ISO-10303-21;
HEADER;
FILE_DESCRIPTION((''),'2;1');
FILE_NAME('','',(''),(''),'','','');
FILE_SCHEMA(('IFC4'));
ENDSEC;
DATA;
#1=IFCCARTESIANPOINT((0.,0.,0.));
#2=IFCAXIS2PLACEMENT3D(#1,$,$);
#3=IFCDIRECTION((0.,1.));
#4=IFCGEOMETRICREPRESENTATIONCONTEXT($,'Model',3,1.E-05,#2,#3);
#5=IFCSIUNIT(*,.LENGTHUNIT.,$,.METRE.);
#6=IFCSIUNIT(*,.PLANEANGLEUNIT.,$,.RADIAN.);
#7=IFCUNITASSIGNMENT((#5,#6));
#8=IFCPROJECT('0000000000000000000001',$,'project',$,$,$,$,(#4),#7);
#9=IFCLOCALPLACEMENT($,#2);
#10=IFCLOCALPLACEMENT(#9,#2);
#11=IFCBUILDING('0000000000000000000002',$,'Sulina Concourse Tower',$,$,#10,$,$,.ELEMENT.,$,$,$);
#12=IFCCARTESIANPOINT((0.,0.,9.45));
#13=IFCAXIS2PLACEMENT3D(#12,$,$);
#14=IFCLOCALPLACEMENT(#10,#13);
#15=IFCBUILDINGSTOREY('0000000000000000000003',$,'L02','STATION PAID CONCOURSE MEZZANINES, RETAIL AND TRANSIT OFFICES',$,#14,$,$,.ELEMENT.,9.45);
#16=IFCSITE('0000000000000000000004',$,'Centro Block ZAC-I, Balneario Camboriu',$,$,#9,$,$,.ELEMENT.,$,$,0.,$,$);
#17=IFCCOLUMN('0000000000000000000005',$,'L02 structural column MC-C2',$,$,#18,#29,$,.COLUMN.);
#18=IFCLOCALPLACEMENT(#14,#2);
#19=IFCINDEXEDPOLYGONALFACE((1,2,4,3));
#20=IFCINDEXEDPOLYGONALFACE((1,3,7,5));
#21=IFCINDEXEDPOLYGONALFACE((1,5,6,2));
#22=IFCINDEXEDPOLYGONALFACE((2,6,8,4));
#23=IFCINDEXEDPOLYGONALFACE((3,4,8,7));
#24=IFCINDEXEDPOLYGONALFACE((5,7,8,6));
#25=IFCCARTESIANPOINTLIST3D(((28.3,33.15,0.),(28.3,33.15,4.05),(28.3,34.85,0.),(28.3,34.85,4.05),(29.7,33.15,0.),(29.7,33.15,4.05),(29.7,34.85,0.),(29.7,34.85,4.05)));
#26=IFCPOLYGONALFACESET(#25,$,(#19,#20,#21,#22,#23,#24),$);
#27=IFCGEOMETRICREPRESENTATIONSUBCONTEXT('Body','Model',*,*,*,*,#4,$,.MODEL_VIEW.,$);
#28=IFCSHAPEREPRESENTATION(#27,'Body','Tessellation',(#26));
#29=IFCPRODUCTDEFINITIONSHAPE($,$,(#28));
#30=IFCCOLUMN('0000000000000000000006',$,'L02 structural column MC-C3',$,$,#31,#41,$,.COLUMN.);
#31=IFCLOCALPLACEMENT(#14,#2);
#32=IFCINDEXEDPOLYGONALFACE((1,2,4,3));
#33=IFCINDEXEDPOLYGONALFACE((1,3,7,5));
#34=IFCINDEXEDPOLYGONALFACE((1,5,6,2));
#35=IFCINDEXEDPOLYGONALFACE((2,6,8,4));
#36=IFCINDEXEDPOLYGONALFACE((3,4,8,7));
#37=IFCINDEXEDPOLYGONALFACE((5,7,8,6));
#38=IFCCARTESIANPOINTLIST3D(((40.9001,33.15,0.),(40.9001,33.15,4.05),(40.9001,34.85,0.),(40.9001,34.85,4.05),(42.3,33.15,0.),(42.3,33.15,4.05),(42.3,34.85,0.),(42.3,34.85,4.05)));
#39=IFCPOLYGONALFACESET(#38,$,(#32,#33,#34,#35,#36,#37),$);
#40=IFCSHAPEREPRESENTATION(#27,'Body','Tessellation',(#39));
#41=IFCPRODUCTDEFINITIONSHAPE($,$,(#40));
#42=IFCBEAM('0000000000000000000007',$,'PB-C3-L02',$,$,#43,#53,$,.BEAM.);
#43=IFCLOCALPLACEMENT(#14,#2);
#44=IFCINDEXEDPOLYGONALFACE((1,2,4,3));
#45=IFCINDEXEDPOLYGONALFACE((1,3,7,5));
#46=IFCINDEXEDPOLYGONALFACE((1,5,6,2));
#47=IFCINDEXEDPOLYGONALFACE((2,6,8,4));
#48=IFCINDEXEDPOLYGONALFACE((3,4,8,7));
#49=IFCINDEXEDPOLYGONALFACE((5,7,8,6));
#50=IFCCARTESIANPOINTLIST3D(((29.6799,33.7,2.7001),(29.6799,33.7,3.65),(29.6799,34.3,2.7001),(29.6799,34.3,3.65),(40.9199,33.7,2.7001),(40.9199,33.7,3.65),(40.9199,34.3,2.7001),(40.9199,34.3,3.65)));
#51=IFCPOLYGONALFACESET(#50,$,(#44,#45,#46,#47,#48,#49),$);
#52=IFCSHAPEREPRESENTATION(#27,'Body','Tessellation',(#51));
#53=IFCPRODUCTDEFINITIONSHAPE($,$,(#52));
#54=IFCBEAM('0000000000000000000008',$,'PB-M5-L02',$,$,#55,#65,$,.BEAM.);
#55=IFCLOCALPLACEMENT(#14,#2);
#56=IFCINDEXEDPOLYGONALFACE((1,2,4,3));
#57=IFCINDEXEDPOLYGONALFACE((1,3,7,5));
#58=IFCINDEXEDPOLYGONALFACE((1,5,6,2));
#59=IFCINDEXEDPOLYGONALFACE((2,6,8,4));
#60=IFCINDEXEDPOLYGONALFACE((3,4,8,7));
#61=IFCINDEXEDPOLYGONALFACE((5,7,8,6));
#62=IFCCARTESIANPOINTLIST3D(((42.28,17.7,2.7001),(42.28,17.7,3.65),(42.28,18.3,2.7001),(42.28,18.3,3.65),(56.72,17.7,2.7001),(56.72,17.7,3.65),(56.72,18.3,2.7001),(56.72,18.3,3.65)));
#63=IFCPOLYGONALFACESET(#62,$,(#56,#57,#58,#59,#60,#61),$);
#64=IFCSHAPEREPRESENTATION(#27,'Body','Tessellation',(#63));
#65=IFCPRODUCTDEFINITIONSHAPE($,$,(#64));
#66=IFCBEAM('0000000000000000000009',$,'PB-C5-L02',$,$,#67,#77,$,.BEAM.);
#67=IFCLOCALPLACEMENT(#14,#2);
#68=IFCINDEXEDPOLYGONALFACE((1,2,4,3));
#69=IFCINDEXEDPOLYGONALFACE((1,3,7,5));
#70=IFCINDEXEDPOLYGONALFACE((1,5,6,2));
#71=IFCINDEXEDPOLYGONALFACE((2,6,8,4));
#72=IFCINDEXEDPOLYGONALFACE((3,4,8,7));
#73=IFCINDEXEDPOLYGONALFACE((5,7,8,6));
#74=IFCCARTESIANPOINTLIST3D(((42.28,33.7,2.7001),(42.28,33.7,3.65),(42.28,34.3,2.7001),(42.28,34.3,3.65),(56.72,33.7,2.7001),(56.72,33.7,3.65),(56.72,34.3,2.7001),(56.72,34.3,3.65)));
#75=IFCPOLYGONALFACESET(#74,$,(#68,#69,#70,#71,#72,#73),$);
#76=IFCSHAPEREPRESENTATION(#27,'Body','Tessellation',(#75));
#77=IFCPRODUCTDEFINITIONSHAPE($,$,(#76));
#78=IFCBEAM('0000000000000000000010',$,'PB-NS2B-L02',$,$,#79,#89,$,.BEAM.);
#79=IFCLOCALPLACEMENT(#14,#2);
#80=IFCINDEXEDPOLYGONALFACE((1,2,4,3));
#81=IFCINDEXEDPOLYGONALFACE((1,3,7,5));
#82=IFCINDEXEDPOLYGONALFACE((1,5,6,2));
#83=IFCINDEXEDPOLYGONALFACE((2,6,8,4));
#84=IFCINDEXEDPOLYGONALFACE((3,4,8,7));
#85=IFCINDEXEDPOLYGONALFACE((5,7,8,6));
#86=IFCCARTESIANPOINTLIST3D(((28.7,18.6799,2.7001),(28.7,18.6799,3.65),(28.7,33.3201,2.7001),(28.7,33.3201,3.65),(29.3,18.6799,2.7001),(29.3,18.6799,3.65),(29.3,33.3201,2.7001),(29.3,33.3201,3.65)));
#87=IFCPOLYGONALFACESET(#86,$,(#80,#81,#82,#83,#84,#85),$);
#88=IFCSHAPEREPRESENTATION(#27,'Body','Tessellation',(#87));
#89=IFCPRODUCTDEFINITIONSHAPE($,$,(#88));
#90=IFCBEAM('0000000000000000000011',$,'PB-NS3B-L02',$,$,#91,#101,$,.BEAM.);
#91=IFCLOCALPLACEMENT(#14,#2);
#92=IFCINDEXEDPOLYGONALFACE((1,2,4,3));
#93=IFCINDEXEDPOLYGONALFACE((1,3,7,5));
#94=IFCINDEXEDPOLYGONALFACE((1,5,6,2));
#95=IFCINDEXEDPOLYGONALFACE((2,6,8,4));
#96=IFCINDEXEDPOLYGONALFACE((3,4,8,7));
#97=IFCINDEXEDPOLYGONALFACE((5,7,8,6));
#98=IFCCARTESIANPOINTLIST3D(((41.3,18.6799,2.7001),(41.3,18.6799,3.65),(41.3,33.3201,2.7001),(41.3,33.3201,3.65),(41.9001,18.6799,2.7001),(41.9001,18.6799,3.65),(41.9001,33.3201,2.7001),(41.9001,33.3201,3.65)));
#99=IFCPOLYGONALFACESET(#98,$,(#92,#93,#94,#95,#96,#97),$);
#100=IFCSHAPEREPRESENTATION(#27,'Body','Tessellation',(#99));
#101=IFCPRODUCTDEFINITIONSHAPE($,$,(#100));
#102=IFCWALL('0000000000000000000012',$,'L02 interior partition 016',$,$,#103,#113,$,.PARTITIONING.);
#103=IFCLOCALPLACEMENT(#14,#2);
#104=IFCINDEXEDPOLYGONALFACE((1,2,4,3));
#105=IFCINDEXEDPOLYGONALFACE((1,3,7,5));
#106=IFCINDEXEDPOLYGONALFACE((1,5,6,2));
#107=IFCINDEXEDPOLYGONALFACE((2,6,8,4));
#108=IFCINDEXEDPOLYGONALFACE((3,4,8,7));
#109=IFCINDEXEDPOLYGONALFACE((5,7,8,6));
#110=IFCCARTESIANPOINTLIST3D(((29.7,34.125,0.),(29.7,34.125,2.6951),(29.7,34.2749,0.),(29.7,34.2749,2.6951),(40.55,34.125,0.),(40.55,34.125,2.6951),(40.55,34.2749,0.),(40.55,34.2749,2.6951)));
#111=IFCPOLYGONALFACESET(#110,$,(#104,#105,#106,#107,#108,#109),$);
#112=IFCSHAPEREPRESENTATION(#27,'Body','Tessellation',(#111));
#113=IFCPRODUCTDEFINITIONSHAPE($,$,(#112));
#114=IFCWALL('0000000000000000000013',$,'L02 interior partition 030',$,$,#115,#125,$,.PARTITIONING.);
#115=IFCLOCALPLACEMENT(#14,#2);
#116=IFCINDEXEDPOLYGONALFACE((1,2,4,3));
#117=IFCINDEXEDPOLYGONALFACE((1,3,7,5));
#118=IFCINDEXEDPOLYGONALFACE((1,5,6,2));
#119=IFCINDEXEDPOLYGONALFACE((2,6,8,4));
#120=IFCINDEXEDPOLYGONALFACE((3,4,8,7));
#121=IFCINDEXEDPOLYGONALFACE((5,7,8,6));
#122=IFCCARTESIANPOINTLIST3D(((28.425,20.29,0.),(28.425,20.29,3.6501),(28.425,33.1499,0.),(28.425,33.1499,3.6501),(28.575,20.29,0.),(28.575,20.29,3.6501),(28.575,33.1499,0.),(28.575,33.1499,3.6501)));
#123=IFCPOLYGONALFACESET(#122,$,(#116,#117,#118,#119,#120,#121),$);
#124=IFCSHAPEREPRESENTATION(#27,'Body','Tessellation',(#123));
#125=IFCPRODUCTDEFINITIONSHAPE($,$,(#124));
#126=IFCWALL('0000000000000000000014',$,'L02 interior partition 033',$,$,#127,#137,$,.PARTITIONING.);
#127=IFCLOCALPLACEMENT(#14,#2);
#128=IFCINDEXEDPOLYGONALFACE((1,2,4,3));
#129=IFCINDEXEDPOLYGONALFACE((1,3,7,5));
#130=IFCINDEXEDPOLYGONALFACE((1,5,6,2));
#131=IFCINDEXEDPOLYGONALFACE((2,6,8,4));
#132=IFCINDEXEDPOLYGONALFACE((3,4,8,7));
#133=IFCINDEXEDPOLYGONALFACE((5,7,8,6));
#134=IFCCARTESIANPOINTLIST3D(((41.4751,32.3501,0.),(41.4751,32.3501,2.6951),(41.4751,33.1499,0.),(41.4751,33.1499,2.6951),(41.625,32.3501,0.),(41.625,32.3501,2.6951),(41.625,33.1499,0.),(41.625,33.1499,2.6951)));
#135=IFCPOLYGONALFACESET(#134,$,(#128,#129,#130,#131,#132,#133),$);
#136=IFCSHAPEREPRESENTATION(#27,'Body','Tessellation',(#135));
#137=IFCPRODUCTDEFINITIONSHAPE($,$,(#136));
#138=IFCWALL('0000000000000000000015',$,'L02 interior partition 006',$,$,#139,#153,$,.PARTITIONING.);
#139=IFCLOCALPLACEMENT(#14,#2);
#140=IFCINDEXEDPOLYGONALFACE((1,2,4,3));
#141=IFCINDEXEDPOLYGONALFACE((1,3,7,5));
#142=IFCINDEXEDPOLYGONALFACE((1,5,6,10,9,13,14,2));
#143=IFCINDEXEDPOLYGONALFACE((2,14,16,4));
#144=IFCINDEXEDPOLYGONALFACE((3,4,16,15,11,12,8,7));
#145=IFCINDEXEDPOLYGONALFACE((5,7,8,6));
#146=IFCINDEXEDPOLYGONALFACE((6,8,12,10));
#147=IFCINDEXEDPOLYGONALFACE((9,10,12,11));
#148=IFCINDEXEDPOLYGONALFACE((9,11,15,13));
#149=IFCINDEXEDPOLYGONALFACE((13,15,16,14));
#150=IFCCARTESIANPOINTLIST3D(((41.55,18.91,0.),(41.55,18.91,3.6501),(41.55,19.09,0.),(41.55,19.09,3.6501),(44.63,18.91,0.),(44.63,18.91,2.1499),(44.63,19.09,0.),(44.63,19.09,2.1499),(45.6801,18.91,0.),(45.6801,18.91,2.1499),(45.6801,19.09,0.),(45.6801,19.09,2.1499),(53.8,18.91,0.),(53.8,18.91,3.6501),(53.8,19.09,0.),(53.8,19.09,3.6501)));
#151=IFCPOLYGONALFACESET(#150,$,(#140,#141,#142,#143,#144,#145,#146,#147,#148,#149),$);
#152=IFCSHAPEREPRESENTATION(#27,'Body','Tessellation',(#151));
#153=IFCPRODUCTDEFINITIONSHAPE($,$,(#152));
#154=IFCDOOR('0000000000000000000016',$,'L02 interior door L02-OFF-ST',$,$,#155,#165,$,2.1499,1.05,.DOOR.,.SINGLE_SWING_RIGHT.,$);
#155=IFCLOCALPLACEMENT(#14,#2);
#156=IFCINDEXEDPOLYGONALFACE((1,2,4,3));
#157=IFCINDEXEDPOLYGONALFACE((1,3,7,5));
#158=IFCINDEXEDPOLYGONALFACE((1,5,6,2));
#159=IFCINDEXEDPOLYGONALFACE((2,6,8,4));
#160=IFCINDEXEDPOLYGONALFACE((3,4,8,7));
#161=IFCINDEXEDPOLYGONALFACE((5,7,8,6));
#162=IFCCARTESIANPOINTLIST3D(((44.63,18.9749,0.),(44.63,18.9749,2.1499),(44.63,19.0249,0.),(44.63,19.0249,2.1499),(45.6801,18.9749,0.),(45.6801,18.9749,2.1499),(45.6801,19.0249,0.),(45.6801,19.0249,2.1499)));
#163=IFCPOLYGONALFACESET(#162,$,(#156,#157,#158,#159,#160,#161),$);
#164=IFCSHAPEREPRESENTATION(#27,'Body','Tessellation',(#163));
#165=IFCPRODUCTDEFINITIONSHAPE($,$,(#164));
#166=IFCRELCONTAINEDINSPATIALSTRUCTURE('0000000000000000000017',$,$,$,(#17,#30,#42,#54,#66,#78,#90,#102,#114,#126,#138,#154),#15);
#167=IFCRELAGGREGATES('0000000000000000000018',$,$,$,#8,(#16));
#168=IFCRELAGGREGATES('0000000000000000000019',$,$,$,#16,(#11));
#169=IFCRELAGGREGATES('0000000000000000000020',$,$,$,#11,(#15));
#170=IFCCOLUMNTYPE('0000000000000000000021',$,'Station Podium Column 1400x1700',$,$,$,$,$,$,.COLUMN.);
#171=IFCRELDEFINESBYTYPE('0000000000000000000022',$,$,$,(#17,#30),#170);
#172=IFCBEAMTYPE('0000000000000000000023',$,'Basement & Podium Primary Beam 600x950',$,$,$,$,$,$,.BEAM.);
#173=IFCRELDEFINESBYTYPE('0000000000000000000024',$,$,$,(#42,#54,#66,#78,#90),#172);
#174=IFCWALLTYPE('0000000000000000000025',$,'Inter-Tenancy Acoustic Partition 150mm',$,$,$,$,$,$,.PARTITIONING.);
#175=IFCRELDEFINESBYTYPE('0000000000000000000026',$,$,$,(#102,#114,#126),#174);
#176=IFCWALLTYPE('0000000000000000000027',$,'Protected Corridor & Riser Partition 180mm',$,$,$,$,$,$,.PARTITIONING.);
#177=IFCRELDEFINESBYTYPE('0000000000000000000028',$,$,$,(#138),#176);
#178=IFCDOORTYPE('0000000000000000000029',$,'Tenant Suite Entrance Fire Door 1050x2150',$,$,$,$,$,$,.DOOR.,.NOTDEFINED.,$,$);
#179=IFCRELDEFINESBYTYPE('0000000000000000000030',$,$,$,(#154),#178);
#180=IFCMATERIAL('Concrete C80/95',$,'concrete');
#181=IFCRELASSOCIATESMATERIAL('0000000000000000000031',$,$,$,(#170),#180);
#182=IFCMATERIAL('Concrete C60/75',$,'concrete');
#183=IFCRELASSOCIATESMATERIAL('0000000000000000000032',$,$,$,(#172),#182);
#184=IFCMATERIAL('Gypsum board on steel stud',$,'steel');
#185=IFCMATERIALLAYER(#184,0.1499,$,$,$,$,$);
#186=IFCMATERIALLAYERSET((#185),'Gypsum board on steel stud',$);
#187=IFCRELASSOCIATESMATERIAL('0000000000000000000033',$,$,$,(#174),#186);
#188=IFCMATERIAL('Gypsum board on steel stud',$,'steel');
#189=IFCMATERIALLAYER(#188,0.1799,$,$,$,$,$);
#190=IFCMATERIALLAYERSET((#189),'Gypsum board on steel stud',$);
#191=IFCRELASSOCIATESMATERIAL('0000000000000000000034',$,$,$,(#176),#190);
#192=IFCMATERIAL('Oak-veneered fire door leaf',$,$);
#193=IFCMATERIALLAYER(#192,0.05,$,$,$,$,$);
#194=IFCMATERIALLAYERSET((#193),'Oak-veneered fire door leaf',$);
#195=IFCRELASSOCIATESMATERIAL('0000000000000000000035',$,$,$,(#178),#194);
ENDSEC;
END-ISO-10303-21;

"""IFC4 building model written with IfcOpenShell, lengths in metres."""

from ifc_helpers import new_model, si_unit, direction, frame, frame_2d, origin, origin_2d, place, context, subcontext, project, spatial, rectangle, extrude, material, layer, layer_set, material_profile, profile_set, type_object, element, fill, save


model = new_model("IFC4")

# Units and contexts
model_context = context("Model", 3, precision=1e-05, world=origin(), true_north=direction((0.0, 1.0)))
body_context = subcontext(model_context, "Body", "Model", "MODEL_VIEW")
ifc_project = project(units=[si_unit("LENGTHUNIT", "METRE"), si_unit("PLANEANGLEUNIT", "RADIAN")], contexts=[model_context])

# Site, building, storey
site_placement = place(None, origin())
site = spatial("IfcSite", under=ifc_project, at=site_placement, Name="Centro Block ZAC-I, Balneario Camboriu", CompositionType="ELEMENT", RefElevation=0.0)
building_placement = place(site_placement, origin())
building = spatial("IfcBuilding", under=site, at=building_placement, Name="Sulina Concourse Tower", CompositionType="ELEMENT")
storey_placement = place(building_placement, frame((0.0, 0.0, 9.45)))
storey = spatial("IfcBuildingStorey", under=building, at=storey_placement, Name="L02", Description="STATION PAID CONCOURSE MEZZANINES, RETAIL AND TRANSIT OFFICES", CompositionType="ELEMENT", Elevation=9.45)

# Columns
ifc_material_1 = material(Name="Concrete C80/95", Category="concrete")
ifc_material_profile_1 = material_profile(ifc_material_1, rectangle(XDim=1.3999, YDim=1.7, at=origin_2d()), Name="RC 1400x1700")
ifc_profile_set_1 = profile_set([ifc_material_profile_1], Name="Concrete C80/95")
column_type = type_object("IfcColumnType", Name="Station Podium Column 1400x1700", PredefinedType="COLUMN", material=ifc_profile_set_1)
for number, where, z_axis, x_axis, name in (
    (1, (29.0, 34.0, 0.0), (0.0, 0.0, 1.0), (1.0, 0.0, 0.0), "L02 structural column MC-C2"),
    (2, (41.6001, 34.0, 0.0), (0.0, 0.0, 1.0), (1.0, 0.0, 0.0), "L02 structural column MC-C3"),
):
    element("IfcColumn", number, at=place(storey_placement, frame(where, z_axis=z_axis, x_axis=x_axis)), inside=storey, type_object=column_type, Name=name, PredefinedType="COLUMN", context=body_context, shape_type="SweptSolid", body=[
        extrude(rectangle(XDim=1.3999, YDim=1.7, at=origin_2d()), origin(), (0.0, 0.0, 1.0), 4.05),
    ])

# Beams
ifc_material_2 = material(Name="Concrete C60/75", Category="concrete")
ifc_material_profile_2 = material_profile(ifc_material_2, rectangle(XDim=0.6001, YDim=0.95, at=origin_2d()), Name="RC 600x950")
ifc_profile_set_2 = profile_set([ifc_material_profile_2], Name="Concrete C60/75")
beam_type = type_object("IfcBeamType", Name="Basement & Podium Primary Beam 600x950", PredefinedType="BEAM", material=ifc_profile_set_2)
beam_placement = place(storey_placement, frame((29.6799, 34.0, 3.175), z_axis=(1.0, 0.0, 0.0), x_axis=(0.0, 1.0, 0.0)))
element("IfcBeam", 3, at=beam_placement, inside=storey, type_object=beam_type, Name="PB-C3-L02", PredefinedType="BEAM", context=body_context, shape_type="SweptSolid", body=[
    extrude(rectangle(XDim=0.6001, YDim=0.95, at=origin_2d()), origin(), (0.0, 0.0, 1.0), 11.24),
])
for number, where, z_axis, x_axis, name in (
    (4, (42.28, 18.0, 3.175), (1.0, 0.0, 0.0), (0.0, 1.0, 0.0), "PB-M5-L02"),
    (5, (42.28, 34.0, 3.175), (1.0, 0.0, 0.0), (0.0, 1.0, 0.0), "PB-C5-L02"),
):
    element("IfcBeam", number, at=place(storey_placement, frame(where, z_axis=z_axis, x_axis=x_axis)), inside=storey, type_object=beam_type, Name=name, PredefinedType="BEAM", context=body_context, shape_type="SweptSolid", body=[
        extrude(rectangle(XDim=0.6001, YDim=0.95, at=origin_2d()), origin(), (0.0, 0.0, 1.0), 14.4399),
    ])
for number, where, z_axis, x_axis, name in (
    (6, (29.0, 18.6799, 3.175), (0.0, 1.0, 0.0), (-1.0, 0.0, 0.0), "PB-NS2B-L02"),
    (7, (41.6001, 18.6799, 3.175), (0.0, 1.0, 0.0), (-1.0, 0.0, 0.0), "PB-NS3B-L02"),
):
    element("IfcBeam", number, at=place(storey_placement, frame(where, z_axis=z_axis, x_axis=x_axis)), inside=storey, type_object=beam_type, Name=name, PredefinedType="BEAM", context=body_context, shape_type="SweptSolid", body=[
        extrude(rectangle(XDim=0.6001, YDim=0.95, at=origin_2d()), origin(), (0.0, 0.0, 1.0), 14.6401),
    ])

# Walls
ifc_material_3 = material(Name="Gypsum board on steel stud", Category="steel")
ifc_layer_1 = layer(ifc_material_3, 0.1499)
ifc_layer_set_1 = layer_set([ifc_layer_1], Name="Gypsum board on steel stud")
wall_type_1 = type_object("IfcWallType", Name="Inter-Tenancy Acoustic Partition 150mm", PredefinedType="PARTITIONING", material=ifc_layer_set_1)
wall_1_placement = place(storey_placement, frame((29.7, 34.2, 0.0), z_axis=(0.0, 0.0, 1.0), x_axis=(1.0, 0.0, 0.0)))
element("IfcWall", 8, at=wall_1_placement, inside=storey, type_object=wall_type_1, Name="L02 interior partition 016", PredefinedType="PARTITIONING", context=body_context, shape_type="SweptSolid", body=[
    extrude(rectangle(XDim=10.8501, YDim=0.1499, at=frame_2d((5.425, 0.0))), origin(), (0.0, 0.0, 1.0), 2.6951),
])
wall_2_placement = place(storey_placement, frame((28.5, 20.29, 0.0), z_axis=(0.0, 0.0, 1.0), x_axis=(0.0, 1.0, 0.0)))
element("IfcWall", 9, at=wall_2_placement, inside=storey, type_object=wall_type_1, Name="L02 interior partition 030", PredefinedType="PARTITIONING", context=body_context, shape_type="SweptSolid", body=[
    extrude(rectangle(XDim=12.8599, YDim=0.1499, at=frame_2d((6.4299, 0.0))), origin(), (0.0, 0.0, 1.0), 3.6501),
])
wall_3_placement = place(storey_placement, frame((41.55, 32.3501, 0.0), z_axis=(0.0, 0.0, 1.0), x_axis=(0.0, 1.0, 0.0)))
element("IfcWall", 10, at=wall_3_placement, inside=storey, type_object=wall_type_1, Name="L02 interior partition 033", PredefinedType="PARTITIONING", context=body_context, shape_type="SweptSolid", body=[
    extrude(rectangle(XDim=0.7998, YDim=0.1499, at=frame_2d((0.3999, 0.0))), origin(), (0.0, 0.0, 1.0), 2.6951),
])

# Wall, opening, door
ifc_material_4 = material(Name="Gypsum board on steel stud", Category="steel")
ifc_layer_2 = layer(ifc_material_4, 0.1799)
ifc_layer_set_2 = layer_set([ifc_layer_2], Name="Gypsum board on steel stud")
wall_type_2 = type_object("IfcWallType", Name="Protected Corridor & Riser Partition 180mm", PredefinedType="PARTITIONING", material=ifc_layer_set_2)
wall_4_placement = place(storey_placement, frame((41.55, 19.0, 0.0), z_axis=(0.0, 0.0, 1.0), x_axis=(1.0, 0.0, 0.0)))
wall_4 = element("IfcWall", 11, at=wall_4_placement, inside=storey, type_object=wall_type_2, Name="L02 interior partition 006", PredefinedType="PARTITIONING", context=body_context, shape_type="SweptSolid", body=[
    extrude(rectangle(XDim=12.25, YDim=0.1799, at=frame_2d((6.125, 0.0))), origin(), (0.0, 0.0, 1.0), 3.6501),
])
opening_1_placement = place(wall_4_placement, frame((3.0801, 0.0, 0.0)))
opening_1 = element("IfcOpeningElement", 12, at=opening_1_placement, cuts=wall_4, PredefinedType="OPENING", context=body_context, shape_type="SweptSolid", body=[
    extrude(rectangle(XDim=1.05, YDim=2.1499, at=frame_2d((0.5249, 1.075))), frame((0.0, 0.0999, 0.0), z_axis=(0.0, -1.0, 0.0), x_axis=(1.0, 0.0, 0.0)), (0.0, 0.0, 1.0), 0.2),
])
ifc_material_5 = material(Name="Oak-veneered fire door leaf")
ifc_layer_3 = layer(ifc_material_5, 0.05)
ifc_layer_set_3 = layer_set([ifc_layer_3], Name="Oak-veneered fire door leaf")
door_type_1 = type_object("IfcDoorType", Name="Tenant Suite Entrance Fire Door 1050x2150", OperationType="NOTDEFINED", PredefinedType="DOOR", material=ifc_layer_set_3)
door_1_placement = place(opening_1_placement, origin())
door_1 = element("IfcDoor", 13, at=door_1_placement, inside=storey, type_object=door_type_1, Name="L02 interior door L02-OFF-ST", OperationType="SINGLE_SWING_RIGHT", OverallHeight=2.1499, OverallWidth=1.05, PredefinedType="DOOR", context=body_context, shape_type="SweptSolid", body=[
    extrude(rectangle(XDim=1.05, YDim=2.1499, at=frame_2d((0.5249, 1.075))), frame((0.0, 0.0249, 0.0), z_axis=(0.0, -1.0, 0.0), x_axis=(1.0, 0.0, 0.0)), (0.0, 0.0, 1.0), 0.05),
])
fill(opening_1, door_1)

save(model, "model.ifc")
